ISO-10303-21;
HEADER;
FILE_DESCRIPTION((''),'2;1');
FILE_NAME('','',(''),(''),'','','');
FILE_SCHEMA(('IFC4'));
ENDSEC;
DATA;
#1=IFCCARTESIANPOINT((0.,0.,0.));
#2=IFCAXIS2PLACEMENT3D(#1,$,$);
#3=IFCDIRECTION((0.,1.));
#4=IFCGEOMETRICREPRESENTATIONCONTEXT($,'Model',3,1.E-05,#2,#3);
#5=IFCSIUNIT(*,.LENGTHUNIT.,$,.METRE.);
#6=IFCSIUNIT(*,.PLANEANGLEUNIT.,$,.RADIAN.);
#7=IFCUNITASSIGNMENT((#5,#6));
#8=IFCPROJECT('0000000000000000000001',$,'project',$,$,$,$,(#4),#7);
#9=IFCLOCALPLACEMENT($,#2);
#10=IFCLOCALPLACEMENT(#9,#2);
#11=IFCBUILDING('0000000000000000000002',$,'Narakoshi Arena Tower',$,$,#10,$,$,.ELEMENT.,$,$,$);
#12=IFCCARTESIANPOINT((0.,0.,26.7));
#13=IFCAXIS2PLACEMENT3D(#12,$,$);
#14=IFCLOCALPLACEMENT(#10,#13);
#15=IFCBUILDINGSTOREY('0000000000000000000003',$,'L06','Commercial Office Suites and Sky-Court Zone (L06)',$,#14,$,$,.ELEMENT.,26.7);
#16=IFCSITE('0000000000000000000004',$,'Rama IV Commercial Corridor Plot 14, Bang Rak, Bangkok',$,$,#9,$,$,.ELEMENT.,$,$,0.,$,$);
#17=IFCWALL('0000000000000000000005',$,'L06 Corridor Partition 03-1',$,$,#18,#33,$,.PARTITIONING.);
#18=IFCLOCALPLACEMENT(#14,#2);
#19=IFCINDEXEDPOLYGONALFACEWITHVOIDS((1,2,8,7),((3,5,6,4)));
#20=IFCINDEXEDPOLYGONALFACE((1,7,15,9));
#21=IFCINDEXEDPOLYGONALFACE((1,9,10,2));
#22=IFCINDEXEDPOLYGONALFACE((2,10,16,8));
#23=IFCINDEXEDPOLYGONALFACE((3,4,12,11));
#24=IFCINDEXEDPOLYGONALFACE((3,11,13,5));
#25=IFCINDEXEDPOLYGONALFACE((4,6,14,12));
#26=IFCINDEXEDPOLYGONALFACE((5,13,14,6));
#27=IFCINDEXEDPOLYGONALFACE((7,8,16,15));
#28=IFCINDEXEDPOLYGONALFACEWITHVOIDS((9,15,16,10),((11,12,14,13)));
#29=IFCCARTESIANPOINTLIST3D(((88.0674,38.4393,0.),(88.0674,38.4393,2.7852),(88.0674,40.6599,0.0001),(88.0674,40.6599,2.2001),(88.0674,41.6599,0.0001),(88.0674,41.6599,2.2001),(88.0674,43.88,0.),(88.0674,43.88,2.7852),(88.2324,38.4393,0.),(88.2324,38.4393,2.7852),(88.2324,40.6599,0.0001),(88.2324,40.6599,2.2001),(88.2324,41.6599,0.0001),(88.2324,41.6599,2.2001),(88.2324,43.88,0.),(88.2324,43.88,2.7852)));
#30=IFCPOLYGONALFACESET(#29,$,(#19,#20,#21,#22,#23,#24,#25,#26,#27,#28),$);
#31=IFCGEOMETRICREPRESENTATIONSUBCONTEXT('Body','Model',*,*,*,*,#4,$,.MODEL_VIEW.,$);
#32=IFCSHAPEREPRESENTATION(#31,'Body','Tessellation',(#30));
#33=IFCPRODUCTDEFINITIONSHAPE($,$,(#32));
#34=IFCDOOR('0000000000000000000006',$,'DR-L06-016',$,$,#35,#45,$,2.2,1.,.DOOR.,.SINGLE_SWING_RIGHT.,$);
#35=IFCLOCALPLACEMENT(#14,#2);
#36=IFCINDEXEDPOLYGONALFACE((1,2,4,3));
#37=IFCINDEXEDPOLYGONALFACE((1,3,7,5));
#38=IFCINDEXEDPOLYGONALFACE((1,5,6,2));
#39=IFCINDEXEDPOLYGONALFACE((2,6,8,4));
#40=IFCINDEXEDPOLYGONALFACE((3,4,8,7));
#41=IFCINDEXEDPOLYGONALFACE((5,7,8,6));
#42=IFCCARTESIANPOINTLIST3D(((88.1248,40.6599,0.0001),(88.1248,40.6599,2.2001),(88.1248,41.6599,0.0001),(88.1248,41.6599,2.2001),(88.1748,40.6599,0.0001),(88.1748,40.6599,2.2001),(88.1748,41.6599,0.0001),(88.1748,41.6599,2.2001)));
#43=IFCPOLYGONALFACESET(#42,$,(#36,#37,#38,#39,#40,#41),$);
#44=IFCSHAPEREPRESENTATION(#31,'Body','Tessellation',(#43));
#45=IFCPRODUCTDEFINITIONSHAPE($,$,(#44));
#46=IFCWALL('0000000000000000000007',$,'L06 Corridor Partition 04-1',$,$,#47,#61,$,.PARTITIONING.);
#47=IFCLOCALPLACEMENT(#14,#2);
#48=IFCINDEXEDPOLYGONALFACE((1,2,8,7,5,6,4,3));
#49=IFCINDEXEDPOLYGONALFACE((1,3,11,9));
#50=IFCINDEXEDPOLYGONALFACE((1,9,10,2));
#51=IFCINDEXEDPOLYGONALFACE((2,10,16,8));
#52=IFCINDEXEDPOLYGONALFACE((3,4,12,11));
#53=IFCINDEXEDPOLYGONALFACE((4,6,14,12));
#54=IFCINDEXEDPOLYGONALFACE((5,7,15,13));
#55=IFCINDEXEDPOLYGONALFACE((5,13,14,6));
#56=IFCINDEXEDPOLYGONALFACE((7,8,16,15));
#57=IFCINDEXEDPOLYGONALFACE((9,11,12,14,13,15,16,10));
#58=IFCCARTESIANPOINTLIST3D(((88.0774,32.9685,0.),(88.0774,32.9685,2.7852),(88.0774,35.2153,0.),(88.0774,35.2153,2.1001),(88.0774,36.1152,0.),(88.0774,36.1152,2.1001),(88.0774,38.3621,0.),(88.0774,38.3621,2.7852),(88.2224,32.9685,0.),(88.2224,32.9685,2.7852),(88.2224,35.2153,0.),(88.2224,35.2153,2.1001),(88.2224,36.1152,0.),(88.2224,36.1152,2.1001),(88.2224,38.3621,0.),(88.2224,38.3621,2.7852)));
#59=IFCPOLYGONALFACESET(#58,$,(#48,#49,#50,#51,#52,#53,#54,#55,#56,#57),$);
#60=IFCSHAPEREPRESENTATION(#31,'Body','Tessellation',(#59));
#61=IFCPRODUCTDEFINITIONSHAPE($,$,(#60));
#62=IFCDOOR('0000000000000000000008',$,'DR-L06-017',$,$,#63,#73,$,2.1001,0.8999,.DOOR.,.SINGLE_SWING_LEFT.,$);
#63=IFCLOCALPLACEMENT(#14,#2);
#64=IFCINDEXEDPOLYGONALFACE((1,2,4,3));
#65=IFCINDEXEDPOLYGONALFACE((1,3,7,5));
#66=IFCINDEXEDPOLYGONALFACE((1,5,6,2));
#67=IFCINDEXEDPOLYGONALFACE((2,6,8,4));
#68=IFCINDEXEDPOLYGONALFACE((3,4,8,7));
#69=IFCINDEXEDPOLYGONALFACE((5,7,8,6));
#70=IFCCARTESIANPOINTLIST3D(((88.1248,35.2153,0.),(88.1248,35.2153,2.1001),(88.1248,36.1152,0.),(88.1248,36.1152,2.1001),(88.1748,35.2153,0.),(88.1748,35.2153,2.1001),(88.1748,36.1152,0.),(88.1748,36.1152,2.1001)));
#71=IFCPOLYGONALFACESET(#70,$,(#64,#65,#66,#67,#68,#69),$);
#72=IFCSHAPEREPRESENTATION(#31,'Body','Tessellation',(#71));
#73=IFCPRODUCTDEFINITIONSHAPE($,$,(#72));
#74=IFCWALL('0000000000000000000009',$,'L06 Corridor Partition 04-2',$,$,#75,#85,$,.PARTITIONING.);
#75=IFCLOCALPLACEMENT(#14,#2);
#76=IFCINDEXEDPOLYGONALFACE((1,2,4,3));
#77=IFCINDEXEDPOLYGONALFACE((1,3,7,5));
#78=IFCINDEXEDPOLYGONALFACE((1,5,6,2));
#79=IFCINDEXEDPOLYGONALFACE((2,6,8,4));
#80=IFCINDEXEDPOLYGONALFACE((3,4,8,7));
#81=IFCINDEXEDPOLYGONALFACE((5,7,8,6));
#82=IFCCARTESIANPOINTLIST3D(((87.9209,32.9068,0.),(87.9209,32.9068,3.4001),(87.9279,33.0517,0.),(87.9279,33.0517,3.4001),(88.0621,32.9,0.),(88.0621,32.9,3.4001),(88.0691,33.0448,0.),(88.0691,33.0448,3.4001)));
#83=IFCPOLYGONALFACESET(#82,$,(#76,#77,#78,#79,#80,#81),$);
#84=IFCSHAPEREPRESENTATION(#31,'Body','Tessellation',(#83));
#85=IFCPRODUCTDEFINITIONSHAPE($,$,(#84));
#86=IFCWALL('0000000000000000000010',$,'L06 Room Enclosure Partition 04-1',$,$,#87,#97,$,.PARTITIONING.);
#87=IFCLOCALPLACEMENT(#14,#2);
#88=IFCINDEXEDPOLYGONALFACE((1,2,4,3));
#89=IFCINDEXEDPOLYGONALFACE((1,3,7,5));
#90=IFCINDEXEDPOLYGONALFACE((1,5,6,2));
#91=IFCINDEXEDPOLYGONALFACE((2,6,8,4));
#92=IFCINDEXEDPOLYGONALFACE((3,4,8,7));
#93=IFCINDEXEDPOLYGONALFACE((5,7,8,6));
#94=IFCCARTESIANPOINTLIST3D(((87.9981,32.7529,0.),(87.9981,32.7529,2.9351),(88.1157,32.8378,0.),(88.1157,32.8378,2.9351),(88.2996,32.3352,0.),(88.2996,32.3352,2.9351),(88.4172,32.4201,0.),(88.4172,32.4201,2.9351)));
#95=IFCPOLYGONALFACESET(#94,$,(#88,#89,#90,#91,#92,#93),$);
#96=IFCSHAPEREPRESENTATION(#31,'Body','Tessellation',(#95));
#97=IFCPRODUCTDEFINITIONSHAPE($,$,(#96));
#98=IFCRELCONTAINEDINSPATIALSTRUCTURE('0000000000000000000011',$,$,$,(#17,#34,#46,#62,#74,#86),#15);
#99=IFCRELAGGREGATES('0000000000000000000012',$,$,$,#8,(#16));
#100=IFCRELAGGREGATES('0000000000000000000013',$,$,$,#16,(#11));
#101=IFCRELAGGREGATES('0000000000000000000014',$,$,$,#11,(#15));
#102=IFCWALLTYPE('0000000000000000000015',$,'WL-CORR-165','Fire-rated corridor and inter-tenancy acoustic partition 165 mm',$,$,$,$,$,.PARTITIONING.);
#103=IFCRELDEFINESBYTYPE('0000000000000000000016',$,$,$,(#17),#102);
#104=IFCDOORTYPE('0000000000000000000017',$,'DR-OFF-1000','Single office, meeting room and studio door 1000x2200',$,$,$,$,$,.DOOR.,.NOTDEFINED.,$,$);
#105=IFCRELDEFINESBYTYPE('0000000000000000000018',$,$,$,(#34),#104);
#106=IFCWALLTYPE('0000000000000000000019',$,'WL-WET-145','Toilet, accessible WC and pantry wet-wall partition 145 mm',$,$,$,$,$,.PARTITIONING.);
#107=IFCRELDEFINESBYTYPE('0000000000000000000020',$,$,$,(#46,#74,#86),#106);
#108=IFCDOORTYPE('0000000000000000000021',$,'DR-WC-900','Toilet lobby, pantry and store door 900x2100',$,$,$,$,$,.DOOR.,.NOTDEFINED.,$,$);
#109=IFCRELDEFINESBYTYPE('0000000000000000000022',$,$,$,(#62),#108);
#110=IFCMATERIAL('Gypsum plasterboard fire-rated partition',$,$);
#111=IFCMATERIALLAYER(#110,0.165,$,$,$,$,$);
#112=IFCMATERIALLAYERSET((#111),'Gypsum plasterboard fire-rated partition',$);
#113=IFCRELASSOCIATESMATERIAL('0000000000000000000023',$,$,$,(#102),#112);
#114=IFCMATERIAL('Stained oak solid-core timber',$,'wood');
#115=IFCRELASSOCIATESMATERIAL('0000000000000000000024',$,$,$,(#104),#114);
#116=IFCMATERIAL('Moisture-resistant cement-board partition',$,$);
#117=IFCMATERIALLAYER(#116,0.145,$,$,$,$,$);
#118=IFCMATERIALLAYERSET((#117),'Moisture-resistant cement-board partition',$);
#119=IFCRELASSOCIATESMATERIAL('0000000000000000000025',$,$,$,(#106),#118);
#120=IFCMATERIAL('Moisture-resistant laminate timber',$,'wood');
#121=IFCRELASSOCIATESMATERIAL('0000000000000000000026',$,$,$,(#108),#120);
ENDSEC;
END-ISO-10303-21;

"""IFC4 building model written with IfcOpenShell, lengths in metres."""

from ifc_helpers import new_model, si_unit, direction, frame, frame_2d, origin, place, context, subcontext, project, spatial, rectangle, extrude, material, layer, layer_set, type_object, element, fill, save


model = new_model("IFC4")

# Units and contexts
model_context = context("Model", 3, precision=1e-05, world=origin(), true_north=direction((0.0, 1.0)))
body_context = subcontext(model_context, "Body", "Model", "MODEL_VIEW")
ifc_project = project(units=[si_unit("LENGTHUNIT", "METRE"), si_unit("PLANEANGLEUNIT", "RADIAN")], contexts=[model_context])

# Site, building, storey
site_placement = place(None, origin())
site = spatial("IfcSite", under=ifc_project, at=site_placement, Name="Rama IV Commercial Corridor Plot 14, Bang Rak, Bangkok", CompositionType="ELEMENT", RefElevation=0.0)
building_placement = place(site_placement, origin())
building = spatial("IfcBuilding", under=site, at=building_placement, Name="Narakoshi Arena Tower", CompositionType="ELEMENT")
storey_placement = place(building_placement, frame((0.0, 0.0, 26.7)))
storey = spatial("IfcBuildingStorey", under=building, at=storey_placement, Name="L06", Description="Commercial Office Suites and Sky-Court Zone (L06)", CompositionType="ELEMENT", Elevation=26.7)

# Walls, openings, doors
ifc_material_1 = material(Name="Gypsum plasterboard fire-rated partition")
ifc_layer_1 = layer(ifc_material_1, 0.165)
ifc_layer_set_1 = layer_set([ifc_layer_1], Name="Gypsum plasterboard fire-rated partition")
wall_type_1 = type_object("IfcWallType", Name="WL-CORR-165", Description="Fire-rated corridor and inter-tenancy acoustic partition 165 mm", PredefinedType="PARTITIONING", material=ifc_layer_set_1)
wall_1_placement = place(storey_placement, frame((88.1499, 38.4395, 0.0), z_axis=(0.0, 0.0, 1.0), x_axis=(0.0, 1.0, 0.0)))
wall_1 = element("IfcWall", 1, at=wall_1_placement, inside=storey, type_object=wall_type_1, Name="L06 Corridor Partition 03-1", PredefinedType="PARTITIONING", context=body_context, shape_type="SweptSolid", body=[
    extrude(rectangle(XDim=5.4407, YDim=0.165, at=frame_2d((2.7202, 0.0))), origin(), (0.0, 0.0, 1.0), 2.7852),
])
opening_1_placement = place(wall_1_placement, frame((2.2205, 0.0, 0.0)))
opening_1 = element("IfcOpeningElement", 2, at=opening_1_placement, cuts=wall_1, PredefinedType="OPENING", context=body_context, shape_type="SweptSolid", body=[
    extrude(rectangle(XDim=1.0, YDim=2.2, at=frame_2d((0.5, 1.1001))), frame((0.0, 0.0925, 0.0), z_axis=(0.0, -1.0, 0.0), x_axis=(1.0, 0.0, 0.0)), (0.0, 0.0, 1.0), 0.1851),
])
ifc_material_2 = material(Name="Stained oak solid-core timber", Category="wood")
door_type_1 = type_object("IfcDoorType", Name="DR-OFF-1000", Description="Single office, meeting room and studio door 1000x2200", OperationType="NOTDEFINED", PredefinedType="DOOR", material=ifc_material_2)
door_1_placement = place(opening_1_placement, frame((1.0, 0.0, 0.0), z_axis=(0.0, 0.0, 1.0), x_axis=(-1.0, 0.0, 0.0)))
door_1 = element("IfcDoor", 3, at=door_1_placement, inside=storey, type_object=door_type_1, Name="DR-L06-016", OperationType="SINGLE_SWING_RIGHT", OverallHeight=2.2, OverallWidth=1.0, PredefinedType="DOOR", context=body_context, shape_type="SweptSolid", body=[
    extrude(rectangle(XDim=1.0, YDim=2.2, at=frame_2d((0.5, 1.1001))), frame((0.0, 0.0249, 0.0), z_axis=(0.0, -1.0, 0.0), x_axis=(1.0, 0.0, 0.0)), (0.0, 0.0, 1.0), 0.05),
])
fill(opening_1, door_1)
ifc_material_3 = material(Name="Moisture-resistant cement-board partition")
ifc_layer_2 = layer(ifc_material_3, 0.145)
ifc_layer_set_2 = layer_set([ifc_layer_2], Name="Moisture-resistant cement-board partition")
wall_type_2 = type_object("IfcWallType", Name="WL-WET-145", Description="Toilet, accessible WC and pantry wet-wall partition 145 mm", PredefinedType="PARTITIONING", material=ifc_layer_set_2)
wall_2_placement = place(storey_placement, frame((88.1499, 32.9685, 0.0), z_axis=(0.0, 0.0, 1.0), x_axis=(0.0, 1.0, 0.0)))
wall_2 = element("IfcWall", 4, at=wall_2_placement, inside=storey, type_object=wall_type_2, Name="L06 Corridor Partition 04-1", PredefinedType="PARTITIONING", context=body_context, shape_type="SweptSolid", body=[
    extrude(rectangle(XDim=5.3936, YDim=0.145, at=frame_2d((2.6968, 0.0))), origin(), (0.0, 0.0, 1.0), 2.7852),
])
opening_2_placement = place(wall_2_placement, frame((2.2468, 0.0, 0.0)))
opening_2 = element("IfcOpeningElement", 5, at=opening_2_placement, cuts=wall_2, PredefinedType="OPENING", context=body_context, shape_type="SweptSolid", body=[
    extrude(rectangle(XDim=0.8999, YDim=2.1001, at=frame_2d((0.45, 1.05))), frame((0.0, 0.0825, 0.0), z_axis=(0.0, -1.0, 0.0), x_axis=(1.0, 0.0, 0.0)), (0.0, 0.0, 1.0), 0.165),
])
ifc_material_4 = material(Name="Moisture-resistant laminate timber", Category="wood")
door_type_2 = type_object("IfcDoorType", Name="DR-WC-900", Description="Toilet lobby, pantry and store door 900x2100", OperationType="NOTDEFINED", PredefinedType="DOOR", material=ifc_material_4)
door_2_placement = place(opening_2_placement, frame((0.8999, 0.0, 0.0), z_axis=(0.0, 0.0, 1.0), x_axis=(-1.0, 0.0, 0.0)))
door_2 = element("IfcDoor", 6, at=door_2_placement, inside=storey, type_object=door_type_2, Name="DR-L06-017", OperationType="SINGLE_SWING_LEFT", OverallHeight=2.1001, OverallWidth=0.8999, PredefinedType="DOOR", context=body_context, shape_type="SweptSolid", body=[
    extrude(rectangle(XDim=0.8999, YDim=2.1001, at=frame_2d((0.45, 1.05))), frame((0.0, 0.0249, 0.0), z_axis=(0.0, -1.0, 0.0), x_axis=(1.0, 0.0, 0.0)), (0.0, 0.0, 1.0), 0.05),
])
fill(opening_2, door_2)

# Walls
wall_3_placement = place(storey_placement, frame((87.9243, 32.9792, 0.0), z_axis=(0.0, 0.0, 1.0), x_axis=(0.998829, -0.048386, 0.0)))
element("IfcWall", 7, at=wall_3_placement, inside=storey, type_object=wall_type_2, Name="L06 Corridor Partition 04-2", PredefinedType="PARTITIONING", context=body_context, shape_type="SweptSolid", body=[
    extrude(rectangle(XDim=0.1414, YDim=0.145, at=frame_2d((0.0708, 0.0))), origin(), (0.0, 0.0, 1.0), 3.4001),
])
wall_4_placement = place(storey_placement, frame((88.3584, 32.3777, 0.0), z_axis=(0.0, 0.0, 1.0), x_axis=(-0.585266, 0.810842, 0.0)))
element("IfcWall", 8, at=wall_4_placement, inside=storey, type_object=wall_type_2, Name="L06 Room Enclosure Partition 04-1", PredefinedType="PARTITIONING", context=body_context, shape_type="SweptSolid", body=[
    extrude(rectangle(XDim=0.5151, YDim=0.145, at=frame_2d((0.2576, 0.0))), origin(), (0.0, 0.0, 1.0), 2.9351),
])

save(model, "model.ifc")
